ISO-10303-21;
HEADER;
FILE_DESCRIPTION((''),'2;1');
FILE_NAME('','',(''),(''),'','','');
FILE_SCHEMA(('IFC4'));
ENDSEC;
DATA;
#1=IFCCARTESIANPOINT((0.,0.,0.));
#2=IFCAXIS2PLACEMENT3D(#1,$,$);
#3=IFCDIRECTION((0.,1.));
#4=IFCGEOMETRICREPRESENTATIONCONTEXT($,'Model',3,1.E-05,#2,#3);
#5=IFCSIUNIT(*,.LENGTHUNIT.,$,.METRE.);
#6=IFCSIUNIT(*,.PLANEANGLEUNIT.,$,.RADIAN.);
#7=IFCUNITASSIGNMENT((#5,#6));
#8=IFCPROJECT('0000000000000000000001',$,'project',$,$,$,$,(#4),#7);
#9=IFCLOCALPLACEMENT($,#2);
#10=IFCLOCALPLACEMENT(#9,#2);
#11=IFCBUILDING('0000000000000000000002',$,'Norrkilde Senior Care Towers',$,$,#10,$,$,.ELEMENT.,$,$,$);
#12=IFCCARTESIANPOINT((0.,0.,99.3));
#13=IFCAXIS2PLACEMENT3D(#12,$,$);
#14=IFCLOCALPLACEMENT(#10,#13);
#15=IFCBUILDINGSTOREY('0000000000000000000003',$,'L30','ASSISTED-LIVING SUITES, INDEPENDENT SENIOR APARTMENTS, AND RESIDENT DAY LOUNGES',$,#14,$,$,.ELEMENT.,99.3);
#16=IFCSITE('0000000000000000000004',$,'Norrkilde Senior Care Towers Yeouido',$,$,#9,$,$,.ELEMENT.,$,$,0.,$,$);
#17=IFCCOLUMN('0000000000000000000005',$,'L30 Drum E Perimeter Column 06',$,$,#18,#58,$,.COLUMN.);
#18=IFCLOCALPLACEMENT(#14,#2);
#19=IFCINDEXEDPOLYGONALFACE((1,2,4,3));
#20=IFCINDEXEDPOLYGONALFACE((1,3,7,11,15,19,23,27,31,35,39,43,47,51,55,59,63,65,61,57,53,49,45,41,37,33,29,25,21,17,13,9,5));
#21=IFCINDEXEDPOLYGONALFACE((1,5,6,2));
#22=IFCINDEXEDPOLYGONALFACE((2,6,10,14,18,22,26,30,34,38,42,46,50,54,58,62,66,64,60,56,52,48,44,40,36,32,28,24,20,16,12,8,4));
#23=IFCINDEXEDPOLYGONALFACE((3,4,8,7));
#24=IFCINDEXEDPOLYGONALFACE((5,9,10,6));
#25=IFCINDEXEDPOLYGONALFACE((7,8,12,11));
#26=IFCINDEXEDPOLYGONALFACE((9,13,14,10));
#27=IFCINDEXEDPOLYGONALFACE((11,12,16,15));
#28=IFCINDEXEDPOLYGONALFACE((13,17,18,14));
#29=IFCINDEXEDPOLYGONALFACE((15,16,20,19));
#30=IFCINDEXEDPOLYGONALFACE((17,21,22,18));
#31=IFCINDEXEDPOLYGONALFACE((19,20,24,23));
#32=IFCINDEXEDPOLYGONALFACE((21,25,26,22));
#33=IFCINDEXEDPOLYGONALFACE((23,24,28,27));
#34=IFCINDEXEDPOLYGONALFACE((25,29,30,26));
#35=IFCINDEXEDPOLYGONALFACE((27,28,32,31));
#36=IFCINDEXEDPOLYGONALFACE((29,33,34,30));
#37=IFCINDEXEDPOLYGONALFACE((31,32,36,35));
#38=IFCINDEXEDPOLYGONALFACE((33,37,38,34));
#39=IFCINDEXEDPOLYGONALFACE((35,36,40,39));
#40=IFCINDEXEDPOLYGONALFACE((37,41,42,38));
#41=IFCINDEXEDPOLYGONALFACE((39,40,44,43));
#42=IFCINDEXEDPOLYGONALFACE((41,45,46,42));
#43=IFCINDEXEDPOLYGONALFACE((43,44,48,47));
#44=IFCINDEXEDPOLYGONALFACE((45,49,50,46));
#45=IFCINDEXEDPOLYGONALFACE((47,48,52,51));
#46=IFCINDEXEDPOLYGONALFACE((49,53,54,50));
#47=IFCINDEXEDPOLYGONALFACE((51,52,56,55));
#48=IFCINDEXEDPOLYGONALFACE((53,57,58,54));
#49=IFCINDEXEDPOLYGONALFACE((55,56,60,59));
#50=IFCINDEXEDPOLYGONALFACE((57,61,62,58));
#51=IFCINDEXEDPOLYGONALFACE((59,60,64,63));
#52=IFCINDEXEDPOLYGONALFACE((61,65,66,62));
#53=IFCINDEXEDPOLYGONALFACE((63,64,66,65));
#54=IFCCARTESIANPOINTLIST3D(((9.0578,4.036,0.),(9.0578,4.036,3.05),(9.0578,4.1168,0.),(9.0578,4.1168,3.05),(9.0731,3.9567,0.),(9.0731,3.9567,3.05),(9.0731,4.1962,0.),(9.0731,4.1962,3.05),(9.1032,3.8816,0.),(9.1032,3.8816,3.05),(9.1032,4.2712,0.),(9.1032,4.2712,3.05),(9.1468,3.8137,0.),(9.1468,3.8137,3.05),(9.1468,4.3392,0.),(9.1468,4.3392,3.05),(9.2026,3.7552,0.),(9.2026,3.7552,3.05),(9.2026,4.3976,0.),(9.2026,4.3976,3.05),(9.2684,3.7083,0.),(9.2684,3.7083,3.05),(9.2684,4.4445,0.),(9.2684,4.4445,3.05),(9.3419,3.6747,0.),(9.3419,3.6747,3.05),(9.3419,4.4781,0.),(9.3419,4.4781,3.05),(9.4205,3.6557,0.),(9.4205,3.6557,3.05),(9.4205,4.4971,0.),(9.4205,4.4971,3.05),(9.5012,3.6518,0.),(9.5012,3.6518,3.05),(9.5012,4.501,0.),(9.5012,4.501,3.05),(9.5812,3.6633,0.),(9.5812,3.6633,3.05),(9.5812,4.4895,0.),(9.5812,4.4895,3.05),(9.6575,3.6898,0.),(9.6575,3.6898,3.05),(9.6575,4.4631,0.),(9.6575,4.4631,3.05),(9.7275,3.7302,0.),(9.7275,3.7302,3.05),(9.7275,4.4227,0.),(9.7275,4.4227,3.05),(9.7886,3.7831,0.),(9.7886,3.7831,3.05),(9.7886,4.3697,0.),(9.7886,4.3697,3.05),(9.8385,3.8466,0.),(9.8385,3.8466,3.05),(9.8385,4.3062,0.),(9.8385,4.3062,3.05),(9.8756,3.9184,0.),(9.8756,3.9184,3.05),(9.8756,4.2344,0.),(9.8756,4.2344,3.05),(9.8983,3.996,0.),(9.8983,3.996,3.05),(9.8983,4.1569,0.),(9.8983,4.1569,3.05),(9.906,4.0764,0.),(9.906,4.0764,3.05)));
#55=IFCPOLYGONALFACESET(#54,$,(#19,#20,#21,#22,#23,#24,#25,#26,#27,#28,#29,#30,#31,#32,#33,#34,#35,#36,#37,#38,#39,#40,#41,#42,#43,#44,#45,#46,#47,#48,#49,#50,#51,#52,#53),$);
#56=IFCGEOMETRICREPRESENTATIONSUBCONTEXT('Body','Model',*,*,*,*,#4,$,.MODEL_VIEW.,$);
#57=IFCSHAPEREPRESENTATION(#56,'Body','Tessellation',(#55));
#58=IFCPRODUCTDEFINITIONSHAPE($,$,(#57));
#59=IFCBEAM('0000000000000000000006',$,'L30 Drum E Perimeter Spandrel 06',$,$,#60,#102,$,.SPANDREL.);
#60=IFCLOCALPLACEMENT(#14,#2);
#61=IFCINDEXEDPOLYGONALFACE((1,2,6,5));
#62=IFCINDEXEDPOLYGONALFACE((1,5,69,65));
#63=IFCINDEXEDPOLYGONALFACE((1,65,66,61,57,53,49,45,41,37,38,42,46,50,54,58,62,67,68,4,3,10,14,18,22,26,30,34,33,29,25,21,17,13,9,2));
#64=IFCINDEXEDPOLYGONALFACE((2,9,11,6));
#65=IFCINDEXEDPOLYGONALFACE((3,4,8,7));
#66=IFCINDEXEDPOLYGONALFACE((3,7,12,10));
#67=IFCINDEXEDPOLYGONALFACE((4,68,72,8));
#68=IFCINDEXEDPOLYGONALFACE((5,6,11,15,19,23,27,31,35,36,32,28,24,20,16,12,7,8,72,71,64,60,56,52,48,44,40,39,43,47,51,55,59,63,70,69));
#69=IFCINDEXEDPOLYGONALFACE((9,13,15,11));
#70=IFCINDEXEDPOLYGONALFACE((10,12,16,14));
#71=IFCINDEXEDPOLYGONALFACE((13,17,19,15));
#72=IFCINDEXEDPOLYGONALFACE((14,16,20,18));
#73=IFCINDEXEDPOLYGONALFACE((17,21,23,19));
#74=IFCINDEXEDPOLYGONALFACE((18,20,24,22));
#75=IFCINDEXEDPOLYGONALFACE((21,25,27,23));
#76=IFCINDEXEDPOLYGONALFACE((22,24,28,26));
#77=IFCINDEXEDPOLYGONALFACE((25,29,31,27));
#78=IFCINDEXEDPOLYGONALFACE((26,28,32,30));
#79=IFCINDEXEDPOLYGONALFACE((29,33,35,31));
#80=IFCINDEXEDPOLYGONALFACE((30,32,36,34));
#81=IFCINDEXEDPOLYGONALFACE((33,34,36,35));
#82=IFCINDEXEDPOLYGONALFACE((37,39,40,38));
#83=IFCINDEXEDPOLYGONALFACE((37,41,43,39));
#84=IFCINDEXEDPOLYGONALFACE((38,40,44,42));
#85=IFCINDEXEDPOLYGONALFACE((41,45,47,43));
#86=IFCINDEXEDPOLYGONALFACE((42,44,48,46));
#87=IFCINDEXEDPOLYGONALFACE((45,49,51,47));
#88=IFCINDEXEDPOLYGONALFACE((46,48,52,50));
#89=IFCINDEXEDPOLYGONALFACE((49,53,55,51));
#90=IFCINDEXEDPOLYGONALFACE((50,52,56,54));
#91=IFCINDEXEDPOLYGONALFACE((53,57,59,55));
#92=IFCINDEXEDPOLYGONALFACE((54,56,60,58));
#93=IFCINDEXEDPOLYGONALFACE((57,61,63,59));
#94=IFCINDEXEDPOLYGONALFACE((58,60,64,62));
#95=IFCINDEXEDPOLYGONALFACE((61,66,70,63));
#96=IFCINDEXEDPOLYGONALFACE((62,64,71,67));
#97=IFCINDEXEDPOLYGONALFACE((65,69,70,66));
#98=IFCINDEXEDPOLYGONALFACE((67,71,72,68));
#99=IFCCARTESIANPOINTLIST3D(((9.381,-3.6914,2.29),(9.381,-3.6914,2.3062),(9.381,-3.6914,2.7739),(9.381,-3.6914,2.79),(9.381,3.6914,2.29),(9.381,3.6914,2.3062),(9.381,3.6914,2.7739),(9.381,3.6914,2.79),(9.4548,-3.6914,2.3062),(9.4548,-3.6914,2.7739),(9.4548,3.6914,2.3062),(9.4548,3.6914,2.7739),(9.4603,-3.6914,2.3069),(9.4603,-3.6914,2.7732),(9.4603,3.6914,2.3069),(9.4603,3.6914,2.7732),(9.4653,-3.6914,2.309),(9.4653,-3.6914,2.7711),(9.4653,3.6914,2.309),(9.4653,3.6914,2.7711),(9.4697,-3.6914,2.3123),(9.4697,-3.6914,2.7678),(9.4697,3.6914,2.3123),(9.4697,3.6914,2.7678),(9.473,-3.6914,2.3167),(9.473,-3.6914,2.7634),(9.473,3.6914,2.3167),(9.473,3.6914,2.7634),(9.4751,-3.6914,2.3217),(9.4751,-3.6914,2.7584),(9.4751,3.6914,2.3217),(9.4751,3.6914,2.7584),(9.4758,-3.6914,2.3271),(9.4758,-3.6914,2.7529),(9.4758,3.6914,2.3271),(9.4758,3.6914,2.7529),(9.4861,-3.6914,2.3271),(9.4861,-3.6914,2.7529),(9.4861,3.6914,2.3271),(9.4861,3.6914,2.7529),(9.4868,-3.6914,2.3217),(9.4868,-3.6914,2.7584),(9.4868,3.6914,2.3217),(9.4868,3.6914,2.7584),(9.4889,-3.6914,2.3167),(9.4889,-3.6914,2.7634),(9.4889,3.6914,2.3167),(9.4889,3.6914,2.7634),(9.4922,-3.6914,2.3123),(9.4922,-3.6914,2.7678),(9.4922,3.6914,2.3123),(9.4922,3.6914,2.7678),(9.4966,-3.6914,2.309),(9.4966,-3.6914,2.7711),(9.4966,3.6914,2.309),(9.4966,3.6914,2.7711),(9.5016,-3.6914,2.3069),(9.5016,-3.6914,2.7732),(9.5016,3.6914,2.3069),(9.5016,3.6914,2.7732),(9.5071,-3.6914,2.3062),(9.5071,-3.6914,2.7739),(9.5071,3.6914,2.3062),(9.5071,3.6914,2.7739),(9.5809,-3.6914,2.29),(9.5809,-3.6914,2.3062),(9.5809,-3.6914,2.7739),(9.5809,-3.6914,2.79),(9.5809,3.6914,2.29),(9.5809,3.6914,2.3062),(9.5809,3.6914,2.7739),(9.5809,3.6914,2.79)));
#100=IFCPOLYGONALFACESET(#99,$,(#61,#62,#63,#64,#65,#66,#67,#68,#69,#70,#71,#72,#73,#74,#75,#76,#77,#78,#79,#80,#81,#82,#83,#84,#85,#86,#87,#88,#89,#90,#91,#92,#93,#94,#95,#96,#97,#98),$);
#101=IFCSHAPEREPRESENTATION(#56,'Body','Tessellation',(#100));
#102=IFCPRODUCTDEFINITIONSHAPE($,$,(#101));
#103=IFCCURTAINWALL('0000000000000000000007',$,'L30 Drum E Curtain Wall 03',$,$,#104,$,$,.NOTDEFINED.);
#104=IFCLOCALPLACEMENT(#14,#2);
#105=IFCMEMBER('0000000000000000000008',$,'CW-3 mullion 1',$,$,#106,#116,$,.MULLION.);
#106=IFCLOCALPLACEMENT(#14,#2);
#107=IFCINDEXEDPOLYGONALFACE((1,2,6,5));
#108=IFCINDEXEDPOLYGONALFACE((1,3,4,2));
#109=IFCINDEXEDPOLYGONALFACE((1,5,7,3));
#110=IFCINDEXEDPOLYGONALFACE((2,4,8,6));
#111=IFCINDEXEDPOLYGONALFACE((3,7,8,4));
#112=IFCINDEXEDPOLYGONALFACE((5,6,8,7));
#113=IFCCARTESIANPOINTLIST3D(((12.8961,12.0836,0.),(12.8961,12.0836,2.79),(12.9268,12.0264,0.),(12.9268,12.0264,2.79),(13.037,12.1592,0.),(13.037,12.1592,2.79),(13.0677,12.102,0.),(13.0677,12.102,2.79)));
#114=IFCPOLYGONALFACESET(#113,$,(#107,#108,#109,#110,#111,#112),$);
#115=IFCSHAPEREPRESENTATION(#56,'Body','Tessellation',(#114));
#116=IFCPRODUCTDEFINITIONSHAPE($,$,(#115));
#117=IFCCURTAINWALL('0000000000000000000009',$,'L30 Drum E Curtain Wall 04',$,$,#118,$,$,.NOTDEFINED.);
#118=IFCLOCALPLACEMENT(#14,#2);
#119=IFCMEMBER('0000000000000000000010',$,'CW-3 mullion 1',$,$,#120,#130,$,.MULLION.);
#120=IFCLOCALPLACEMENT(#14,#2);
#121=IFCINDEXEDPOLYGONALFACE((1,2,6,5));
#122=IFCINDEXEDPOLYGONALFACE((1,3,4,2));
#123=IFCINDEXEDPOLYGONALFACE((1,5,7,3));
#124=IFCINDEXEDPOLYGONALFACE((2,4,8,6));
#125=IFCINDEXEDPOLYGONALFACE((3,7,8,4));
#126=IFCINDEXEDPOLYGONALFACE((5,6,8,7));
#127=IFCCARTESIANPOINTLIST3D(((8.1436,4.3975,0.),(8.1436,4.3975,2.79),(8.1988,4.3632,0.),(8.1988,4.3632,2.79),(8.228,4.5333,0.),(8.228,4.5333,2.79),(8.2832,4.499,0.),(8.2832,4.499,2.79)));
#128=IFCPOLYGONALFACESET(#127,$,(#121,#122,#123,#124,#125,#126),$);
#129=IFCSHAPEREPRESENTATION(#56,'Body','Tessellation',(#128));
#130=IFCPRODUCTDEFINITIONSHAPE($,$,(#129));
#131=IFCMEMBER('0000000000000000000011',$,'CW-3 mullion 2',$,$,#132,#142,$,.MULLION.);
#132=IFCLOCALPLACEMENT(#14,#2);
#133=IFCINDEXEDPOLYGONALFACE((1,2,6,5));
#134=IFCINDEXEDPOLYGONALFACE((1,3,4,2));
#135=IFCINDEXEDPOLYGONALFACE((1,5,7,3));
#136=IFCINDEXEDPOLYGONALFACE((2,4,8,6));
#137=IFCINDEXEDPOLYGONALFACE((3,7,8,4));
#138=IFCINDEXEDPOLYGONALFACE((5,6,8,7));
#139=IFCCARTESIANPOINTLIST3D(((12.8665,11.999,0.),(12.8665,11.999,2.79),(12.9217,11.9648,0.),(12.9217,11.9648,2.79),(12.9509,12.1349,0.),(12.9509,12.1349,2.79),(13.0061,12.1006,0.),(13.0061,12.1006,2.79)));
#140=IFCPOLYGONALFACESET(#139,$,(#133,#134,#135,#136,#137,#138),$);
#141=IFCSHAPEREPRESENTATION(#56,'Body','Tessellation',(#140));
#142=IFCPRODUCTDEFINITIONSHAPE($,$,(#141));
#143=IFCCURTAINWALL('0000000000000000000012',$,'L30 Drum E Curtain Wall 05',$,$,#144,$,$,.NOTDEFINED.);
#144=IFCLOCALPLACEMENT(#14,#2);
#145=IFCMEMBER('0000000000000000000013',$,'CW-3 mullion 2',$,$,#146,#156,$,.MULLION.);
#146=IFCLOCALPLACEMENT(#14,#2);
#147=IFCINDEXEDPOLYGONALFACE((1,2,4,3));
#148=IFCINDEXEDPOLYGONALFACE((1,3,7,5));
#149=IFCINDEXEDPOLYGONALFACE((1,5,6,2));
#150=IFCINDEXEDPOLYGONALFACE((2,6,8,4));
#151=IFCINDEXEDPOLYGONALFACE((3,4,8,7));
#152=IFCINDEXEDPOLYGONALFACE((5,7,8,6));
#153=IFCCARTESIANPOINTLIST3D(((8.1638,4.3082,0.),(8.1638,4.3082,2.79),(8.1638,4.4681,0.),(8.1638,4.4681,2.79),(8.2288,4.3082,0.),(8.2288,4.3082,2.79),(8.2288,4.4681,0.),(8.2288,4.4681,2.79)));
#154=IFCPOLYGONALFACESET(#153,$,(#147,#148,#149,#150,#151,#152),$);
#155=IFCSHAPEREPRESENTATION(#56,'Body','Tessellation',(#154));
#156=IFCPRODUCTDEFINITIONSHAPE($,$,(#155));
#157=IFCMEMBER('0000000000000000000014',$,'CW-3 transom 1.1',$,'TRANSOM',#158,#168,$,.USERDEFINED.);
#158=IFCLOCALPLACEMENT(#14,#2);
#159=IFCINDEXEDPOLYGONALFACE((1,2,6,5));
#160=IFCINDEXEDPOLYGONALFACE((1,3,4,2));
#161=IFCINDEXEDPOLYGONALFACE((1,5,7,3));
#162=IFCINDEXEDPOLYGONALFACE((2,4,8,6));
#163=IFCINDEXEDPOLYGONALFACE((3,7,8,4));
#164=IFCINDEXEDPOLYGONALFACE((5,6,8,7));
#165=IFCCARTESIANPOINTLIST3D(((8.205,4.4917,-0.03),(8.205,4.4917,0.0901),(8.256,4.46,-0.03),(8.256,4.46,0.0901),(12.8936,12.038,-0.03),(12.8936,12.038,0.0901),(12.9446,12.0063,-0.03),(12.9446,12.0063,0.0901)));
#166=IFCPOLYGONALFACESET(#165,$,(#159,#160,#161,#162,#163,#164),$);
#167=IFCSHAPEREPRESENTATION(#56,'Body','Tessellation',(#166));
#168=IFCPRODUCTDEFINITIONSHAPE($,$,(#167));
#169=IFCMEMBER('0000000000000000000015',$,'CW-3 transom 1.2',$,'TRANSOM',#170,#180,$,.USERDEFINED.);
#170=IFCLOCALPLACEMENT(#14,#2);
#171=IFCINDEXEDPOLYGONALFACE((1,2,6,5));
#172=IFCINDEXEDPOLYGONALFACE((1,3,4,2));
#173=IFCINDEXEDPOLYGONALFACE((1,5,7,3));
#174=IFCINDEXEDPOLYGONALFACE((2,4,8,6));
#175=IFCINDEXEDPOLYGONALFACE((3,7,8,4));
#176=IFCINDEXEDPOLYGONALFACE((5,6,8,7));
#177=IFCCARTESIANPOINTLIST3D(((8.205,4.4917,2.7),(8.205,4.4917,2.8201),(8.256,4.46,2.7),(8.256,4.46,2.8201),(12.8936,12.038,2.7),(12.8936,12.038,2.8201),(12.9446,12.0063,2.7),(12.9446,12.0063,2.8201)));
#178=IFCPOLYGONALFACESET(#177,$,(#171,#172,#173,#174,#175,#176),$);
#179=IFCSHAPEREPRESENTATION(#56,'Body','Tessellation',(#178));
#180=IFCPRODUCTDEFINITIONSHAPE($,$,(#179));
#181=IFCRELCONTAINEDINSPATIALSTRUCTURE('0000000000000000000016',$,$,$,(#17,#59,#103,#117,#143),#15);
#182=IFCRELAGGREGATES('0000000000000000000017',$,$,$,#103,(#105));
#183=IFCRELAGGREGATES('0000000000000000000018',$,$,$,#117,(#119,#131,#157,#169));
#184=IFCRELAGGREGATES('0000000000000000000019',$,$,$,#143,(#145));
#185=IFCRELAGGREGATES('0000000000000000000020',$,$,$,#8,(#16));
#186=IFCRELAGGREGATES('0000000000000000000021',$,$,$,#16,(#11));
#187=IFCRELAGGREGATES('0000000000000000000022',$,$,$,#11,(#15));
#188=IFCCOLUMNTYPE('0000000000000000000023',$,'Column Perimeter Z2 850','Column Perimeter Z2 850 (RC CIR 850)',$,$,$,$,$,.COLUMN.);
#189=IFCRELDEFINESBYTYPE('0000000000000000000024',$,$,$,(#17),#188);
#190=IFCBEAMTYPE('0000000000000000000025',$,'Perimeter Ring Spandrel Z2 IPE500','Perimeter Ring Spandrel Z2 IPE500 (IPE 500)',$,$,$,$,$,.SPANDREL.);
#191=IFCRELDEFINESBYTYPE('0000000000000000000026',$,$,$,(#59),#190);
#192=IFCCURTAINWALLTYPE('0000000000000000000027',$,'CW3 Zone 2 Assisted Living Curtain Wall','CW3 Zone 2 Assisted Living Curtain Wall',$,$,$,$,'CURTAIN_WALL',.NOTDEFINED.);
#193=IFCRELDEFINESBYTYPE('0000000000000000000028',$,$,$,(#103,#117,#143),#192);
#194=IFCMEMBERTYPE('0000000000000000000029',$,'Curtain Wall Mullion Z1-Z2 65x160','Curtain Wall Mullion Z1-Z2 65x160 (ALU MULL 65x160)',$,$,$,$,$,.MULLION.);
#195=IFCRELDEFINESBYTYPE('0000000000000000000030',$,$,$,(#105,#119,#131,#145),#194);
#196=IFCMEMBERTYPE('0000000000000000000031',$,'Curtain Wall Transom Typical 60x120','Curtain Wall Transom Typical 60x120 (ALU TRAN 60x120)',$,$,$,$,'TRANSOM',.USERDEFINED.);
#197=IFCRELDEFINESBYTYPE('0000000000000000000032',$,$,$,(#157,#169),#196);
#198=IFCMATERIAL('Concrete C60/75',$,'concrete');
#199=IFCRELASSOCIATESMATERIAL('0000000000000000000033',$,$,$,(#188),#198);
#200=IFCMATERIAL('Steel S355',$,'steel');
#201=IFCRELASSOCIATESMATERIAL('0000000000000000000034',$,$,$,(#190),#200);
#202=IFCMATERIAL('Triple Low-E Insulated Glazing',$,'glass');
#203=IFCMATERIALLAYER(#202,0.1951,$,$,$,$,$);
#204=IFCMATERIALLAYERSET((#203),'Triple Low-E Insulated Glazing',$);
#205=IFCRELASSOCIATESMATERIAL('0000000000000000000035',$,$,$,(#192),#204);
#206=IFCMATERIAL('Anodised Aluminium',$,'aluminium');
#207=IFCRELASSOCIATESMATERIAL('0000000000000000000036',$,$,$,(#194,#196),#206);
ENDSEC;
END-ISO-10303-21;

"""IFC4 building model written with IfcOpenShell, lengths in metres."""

from ifc_helpers import new_model, si_unit, direction, frame, origin, origin_2d, place, context, subcontext, project, spatial, rectangle, circle, i_section, extrude, source, transform, mapped, material, layer, layer_set, material_profile, profile_set, type_object, type_shapes, element, aggregate, save


model = new_model("IFC4")

# Units and contexts
model_context = context("Model", 3, precision=1e-05, world=origin(), true_north=direction((0.0, 1.0)))
body_context = subcontext(model_context, "Body", "Model", "MODEL_VIEW")
ifc_project = project(units=[si_unit("LENGTHUNIT", "METRE"), si_unit("PLANEANGLEUNIT", "RADIAN")], contexts=[model_context])

# Site, building, storey
site_placement = place(None, origin())
site = spatial("IfcSite", under=ifc_project, at=site_placement, Name="Norrkilde Senior Care Towers Yeouido", CompositionType="ELEMENT", RefElevation=0.0)
building_placement = place(site_placement, origin())
building = spatial("IfcBuilding", under=site, at=building_placement, Name="Norrkilde Senior Care Towers", CompositionType="ELEMENT")
storey_placement = place(building_placement, frame((0.0, 0.0, 99.3)))
storey = spatial("IfcBuildingStorey", under=building, at=storey_placement, Name="L30", Description="ASSISTED-LIVING SUITES, INDEPENDENT SENIOR APARTMENTS, AND RESIDENT DAY LOUNGES", CompositionType="ELEMENT", Elevation=99.3)

# Column
ifc_material_1 = material(Name="Concrete C60/75", Category="concrete")
ifc_material_profile_1 = material_profile(ifc_material_1, circle(Radius=0.425, at=origin_2d()), Name="RC CIR 850")
ifc_profile_set_1 = profile_set([ifc_material_profile_1], Name="Concrete C60/75")
column_type = type_object("IfcColumnType", Name="Column Perimeter Z2 850", Description="Column Perimeter Z2 850 (RC CIR 850)", PredefinedType="COLUMN", material=ifc_profile_set_1)
shared_shape_1 = source(origin(), body_context, "Body", "SweptSolid", [
    extrude(circle(Radius=0.425, at=origin_2d()), origin(), (0.0, 0.0, 1.0), 3.05),
])
type_shapes(column_type, [shared_shape_1])
column_placement = place(storey_placement, frame((9.481, 4.0764, 0.0), z_axis=(0.0, 0.0, 1.0), x_axis=(1.0, 0.0, 0.0)))
element("IfcColumn", 1, at=column_placement, inside=storey, type_object=column_type, Name="L30 Drum E Perimeter Column 06", PredefinedType="COLUMN", context=body_context, shape_type="MappedRepresentation", body=[
    mapped(shared_shape_1, transform((0.0, 0.0, 0.0), x_axis=(1.0, 0.0, 0.0), y_axis=(0.0, 1.0, 0.0), z_axis=(0.0, 0.0, 1.0), scale=1.0)),
])

# Beam
ifc_material_2 = material(Name="Steel S355", Category="steel")
ifc_material_profile_2 = material_profile(ifc_material_2, i_section(OverallWidth=0.2, OverallDepth=0.5, WebThickness=0.0103, FlangeThickness=0.0161, FilletRadius=0.021, at=origin_2d()), Name="IPE 500")
ifc_profile_set_2 = profile_set([ifc_material_profile_2], Name="Steel S355")
beam_type = type_object("IfcBeamType", Name="Perimeter Ring Spandrel Z2 IPE500", Description="Perimeter Ring Spandrel Z2 IPE500 (IPE 500)", PredefinedType="SPANDREL", material=ifc_profile_set_2)
shared_shape_2 = source(origin(), body_context, "Body", "SweptSolid", [
    extrude(i_section(OverallWidth=0.2, OverallDepth=0.5, WebThickness=0.0103, FlangeThickness=0.0161, FilletRadius=0.021, at=origin_2d()), origin(), (0.0, 0.0, 1.0), 7.3828),
])
type_shapes(beam_type, [shared_shape_2])
beam_placement = place(storey_placement, frame((9.481, 3.6914, 2.54), z_axis=(0.0, -1.0, 0.0), x_axis=(1.0, 0.0, 0.0)))
element("IfcBeam", 2, at=beam_placement, inside=storey, type_object=beam_type, Name="L30 Drum E Perimeter Spandrel 06", PredefinedType="SPANDREL", context=body_context, shape_type="MappedRepresentation", body=[
    mapped(shared_shape_2, transform((0.0, 0.0, 0.0), x_axis=(1.0, 0.0, 0.0), y_axis=(0.0, 1.0, 0.0), z_axis=(0.0, 0.0, 1.0), scale=1.0)),
])

# Curtain wall, member
ifc_material_3 = material(Name="Triple Low-E Insulated Glazing", Category="glass")
ifc_layer_1 = layer(ifc_material_3, 0.1951)
ifc_layer_set_1 = layer_set([ifc_layer_1], Name="Triple Low-E Insulated Glazing")
curtain_wall_type = type_object("IfcCurtainWallType", Name="CW3 Zone 2 Assisted Living Curtain Wall", Description="CW3 Zone 2 Assisted Living Curtain Wall", ElementType="CURTAIN_WALL", PredefinedType="NOTDEFINED", material=ifc_layer_set_1)
curtain_wall_1_placement = place(storey_placement, origin())
curtain_wall_1 = element("IfcCurtainWall", 3, at=curtain_wall_1_placement, inside=storey, type_object=curtain_wall_type, Name="L30 Drum E Curtain Wall 03", PredefinedType="NOTDEFINED")
ifc_material_4 = material(Name="Anodised Aluminium", Category="aluminium")
ifc_material_profile_3 = material_profile(ifc_material_4, rectangle(XDim=0.0649, YDim=0.1599, at=origin_2d()), Name="ALU MULL 65x160")
ifc_profile_set_3 = profile_set([ifc_material_profile_3], Name="Anodised Aluminium")
member_type_1 = type_object("IfcMemberType", Name="Curtain Wall Mullion Z1-Z2 65x160", Description="Curtain Wall Mullion Z1-Z2 65x160 (ALU MULL 65x160)", PredefinedType="MULLION", material=ifc_profile_set_3)
shared_shape_3 = source(origin(), body_context, "Body", "SweptSolid", [
    extrude(rectangle(XDim=0.0649, YDim=0.1599, at=origin_2d()), origin(), (0.0, 0.0, 1.0), 2.79),
])
type_shapes(member_type_1, [shared_shape_3])
member_1_placement = place(storey_placement, frame((12.9819, 12.0928, 0.0), z_axis=(0.0, 0.0, 1.0), x_axis=(-0.472769, 0.881186, 0.0)))
member_1 = element("IfcMember", 4, at=member_1_placement, type_object=member_type_1, Name="CW-3 mullion 1", PredefinedType="MULLION", context=body_context, shape_type="MappedRepresentation", body=[
    mapped(shared_shape_3, transform((0.0, 0.0, 0.0), x_axis=(1.0, 0.0, 0.0), y_axis=(0.0, 1.0, 0.0), z_axis=(0.0, 0.0, 1.0), scale=1.0)),
])

# Curtain wall, members
curtain_wall_2_placement = place(storey_placement, origin())
curtain_wall_2 = element("IfcCurtainWall", 5, at=curtain_wall_2_placement, inside=storey, type_object=curtain_wall_type, Name="L30 Drum E Curtain Wall 04", PredefinedType="NOTDEFINED")
member_2_placement = place(storey_placement, frame((8.2134, 4.4482, 0.0), z_axis=(0.0, 0.0, 1.0), x_axis=(-0.84941, 0.527733, 0.0)))
member_2 = element("IfcMember", 6, at=member_2_placement, type_object=member_type_1, Name="CW-3 mullion 1", PredefinedType="MULLION", context=body_context, shape_type="MappedRepresentation", body=[
    mapped(shared_shape_3, transform((0.0, 0.0, 0.0), x_axis=(1.0, 0.0, 0.0), y_axis=(0.0, 1.0, 0.0), z_axis=(0.0, 0.0, 1.0), scale=1.0)),
])
member_3_placement = place(storey_placement, frame((12.9363, 12.0498, 0.0), z_axis=(0.0, 0.0, 1.0), x_axis=(-0.84941, 0.527733, 0.0)))
member_3 = element("IfcMember", 7, at=member_3_placement, type_object=member_type_1, Name="CW-3 mullion 2", PredefinedType="MULLION", context=body_context, shape_type="MappedRepresentation", body=[
    mapped(shared_shape_3, transform((0.0, 0.0, 0.0), x_axis=(1.0, 0.0, 0.0), y_axis=(0.0, 1.0, 0.0), z_axis=(0.0, 0.0, 1.0), scale=1.0)),
])

# Curtain wall, member
curtain_wall_3_placement = place(storey_placement, origin())
curtain_wall_3 = element("IfcCurtainWall", 8, at=curtain_wall_3_placement, inside=storey, type_object=curtain_wall_type, Name="L30 Drum E Curtain Wall 05", PredefinedType="NOTDEFINED")
member_4_placement = place(storey_placement, frame((8.1963, 4.3882, 0.0), z_axis=(0.0, 0.0, 1.0), x_axis=(-1.0, 0.0, 0.0)))
member_4 = element("IfcMember", 9, at=member_4_placement, type_object=member_type_1, Name="CW-3 mullion 2", PredefinedType="MULLION", context=body_context, shape_type="MappedRepresentation", body=[
    mapped(shared_shape_3, transform((0.0, 0.0, 0.0), x_axis=(1.0, 0.0, 0.0), y_axis=(0.0, 1.0, 0.0), z_axis=(0.0, 0.0, 1.0), scale=1.0)),
])

# Members
ifc_material_profile_4 = material_profile(ifc_material_4, rectangle(XDim=0.0601, YDim=0.1201, at=origin_2d()), Name="ALU TRAN 60x120")
ifc_profile_set_4 = profile_set([ifc_material_profile_4], Name="Anodised Aluminium")
member_type_2 = type_object("IfcMemberType", Name="Curtain Wall Transom Typical 60x120", Description="Curtain Wall Transom Typical 60x120 (ALU TRAN 60x120)", ElementType="TRANSOM", PredefinedType="USERDEFINED", material=ifc_profile_set_4)
shared_shape_4 = source(origin(), body_context, "Body", "SweptSolid", [
    extrude(rectangle(XDim=0.0601, YDim=0.1201, at=origin_2d()), origin(), (0.0, 0.0, 1.0), 8.8843),
])
member_5_placement = place(storey_placement, frame((8.2305, 4.4758, 0.03), z_axis=(0.527749, 0.8494, 0.0), x_axis=(-0.8494, 0.527749, 0.0)))
member_5 = element("IfcMember", 10, at=member_5_placement, type_object=member_type_2, Name="CW-3 transom 1.1", ObjectType="TRANSOM", PredefinedType="USERDEFINED", context=body_context, shape_type="MappedRepresentation", body=[
    mapped(shared_shape_4, transform((0.0, 0.0, 0.0), x_axis=(1.0, 0.0, 0.0), y_axis=(0.0, 1.0, 0.0), z_axis=(0.0, 0.0, 1.0), scale=1.0)),
])
member_6_placement = place(storey_placement, frame((8.2305, 4.4758, 2.76), z_axis=(0.527749, 0.8494, 0.0), x_axis=(-0.8494, 0.527749, 0.0)))
member_6 = element("IfcMember", 11, at=member_6_placement, type_object=member_type_2, Name="CW-3 transom 1.2", ObjectType="TRANSOM", PredefinedType="USERDEFINED", context=body_context, shape_type="MappedRepresentation", body=[
    mapped(shared_shape_4, transform((0.0, 0.0, 0.0), x_axis=(1.0, 0.0, 0.0), y_axis=(0.0, 1.0, 0.0), z_axis=(0.0, 0.0, 1.0), scale=1.0)),
])
aggregate(curtain_wall_1, [member_1])

aggregate(curtain_wall_2, [member_2, member_3, member_5, member_6])
aggregate(curtain_wall_3, [member_4])

save(model, "model.ifc")
